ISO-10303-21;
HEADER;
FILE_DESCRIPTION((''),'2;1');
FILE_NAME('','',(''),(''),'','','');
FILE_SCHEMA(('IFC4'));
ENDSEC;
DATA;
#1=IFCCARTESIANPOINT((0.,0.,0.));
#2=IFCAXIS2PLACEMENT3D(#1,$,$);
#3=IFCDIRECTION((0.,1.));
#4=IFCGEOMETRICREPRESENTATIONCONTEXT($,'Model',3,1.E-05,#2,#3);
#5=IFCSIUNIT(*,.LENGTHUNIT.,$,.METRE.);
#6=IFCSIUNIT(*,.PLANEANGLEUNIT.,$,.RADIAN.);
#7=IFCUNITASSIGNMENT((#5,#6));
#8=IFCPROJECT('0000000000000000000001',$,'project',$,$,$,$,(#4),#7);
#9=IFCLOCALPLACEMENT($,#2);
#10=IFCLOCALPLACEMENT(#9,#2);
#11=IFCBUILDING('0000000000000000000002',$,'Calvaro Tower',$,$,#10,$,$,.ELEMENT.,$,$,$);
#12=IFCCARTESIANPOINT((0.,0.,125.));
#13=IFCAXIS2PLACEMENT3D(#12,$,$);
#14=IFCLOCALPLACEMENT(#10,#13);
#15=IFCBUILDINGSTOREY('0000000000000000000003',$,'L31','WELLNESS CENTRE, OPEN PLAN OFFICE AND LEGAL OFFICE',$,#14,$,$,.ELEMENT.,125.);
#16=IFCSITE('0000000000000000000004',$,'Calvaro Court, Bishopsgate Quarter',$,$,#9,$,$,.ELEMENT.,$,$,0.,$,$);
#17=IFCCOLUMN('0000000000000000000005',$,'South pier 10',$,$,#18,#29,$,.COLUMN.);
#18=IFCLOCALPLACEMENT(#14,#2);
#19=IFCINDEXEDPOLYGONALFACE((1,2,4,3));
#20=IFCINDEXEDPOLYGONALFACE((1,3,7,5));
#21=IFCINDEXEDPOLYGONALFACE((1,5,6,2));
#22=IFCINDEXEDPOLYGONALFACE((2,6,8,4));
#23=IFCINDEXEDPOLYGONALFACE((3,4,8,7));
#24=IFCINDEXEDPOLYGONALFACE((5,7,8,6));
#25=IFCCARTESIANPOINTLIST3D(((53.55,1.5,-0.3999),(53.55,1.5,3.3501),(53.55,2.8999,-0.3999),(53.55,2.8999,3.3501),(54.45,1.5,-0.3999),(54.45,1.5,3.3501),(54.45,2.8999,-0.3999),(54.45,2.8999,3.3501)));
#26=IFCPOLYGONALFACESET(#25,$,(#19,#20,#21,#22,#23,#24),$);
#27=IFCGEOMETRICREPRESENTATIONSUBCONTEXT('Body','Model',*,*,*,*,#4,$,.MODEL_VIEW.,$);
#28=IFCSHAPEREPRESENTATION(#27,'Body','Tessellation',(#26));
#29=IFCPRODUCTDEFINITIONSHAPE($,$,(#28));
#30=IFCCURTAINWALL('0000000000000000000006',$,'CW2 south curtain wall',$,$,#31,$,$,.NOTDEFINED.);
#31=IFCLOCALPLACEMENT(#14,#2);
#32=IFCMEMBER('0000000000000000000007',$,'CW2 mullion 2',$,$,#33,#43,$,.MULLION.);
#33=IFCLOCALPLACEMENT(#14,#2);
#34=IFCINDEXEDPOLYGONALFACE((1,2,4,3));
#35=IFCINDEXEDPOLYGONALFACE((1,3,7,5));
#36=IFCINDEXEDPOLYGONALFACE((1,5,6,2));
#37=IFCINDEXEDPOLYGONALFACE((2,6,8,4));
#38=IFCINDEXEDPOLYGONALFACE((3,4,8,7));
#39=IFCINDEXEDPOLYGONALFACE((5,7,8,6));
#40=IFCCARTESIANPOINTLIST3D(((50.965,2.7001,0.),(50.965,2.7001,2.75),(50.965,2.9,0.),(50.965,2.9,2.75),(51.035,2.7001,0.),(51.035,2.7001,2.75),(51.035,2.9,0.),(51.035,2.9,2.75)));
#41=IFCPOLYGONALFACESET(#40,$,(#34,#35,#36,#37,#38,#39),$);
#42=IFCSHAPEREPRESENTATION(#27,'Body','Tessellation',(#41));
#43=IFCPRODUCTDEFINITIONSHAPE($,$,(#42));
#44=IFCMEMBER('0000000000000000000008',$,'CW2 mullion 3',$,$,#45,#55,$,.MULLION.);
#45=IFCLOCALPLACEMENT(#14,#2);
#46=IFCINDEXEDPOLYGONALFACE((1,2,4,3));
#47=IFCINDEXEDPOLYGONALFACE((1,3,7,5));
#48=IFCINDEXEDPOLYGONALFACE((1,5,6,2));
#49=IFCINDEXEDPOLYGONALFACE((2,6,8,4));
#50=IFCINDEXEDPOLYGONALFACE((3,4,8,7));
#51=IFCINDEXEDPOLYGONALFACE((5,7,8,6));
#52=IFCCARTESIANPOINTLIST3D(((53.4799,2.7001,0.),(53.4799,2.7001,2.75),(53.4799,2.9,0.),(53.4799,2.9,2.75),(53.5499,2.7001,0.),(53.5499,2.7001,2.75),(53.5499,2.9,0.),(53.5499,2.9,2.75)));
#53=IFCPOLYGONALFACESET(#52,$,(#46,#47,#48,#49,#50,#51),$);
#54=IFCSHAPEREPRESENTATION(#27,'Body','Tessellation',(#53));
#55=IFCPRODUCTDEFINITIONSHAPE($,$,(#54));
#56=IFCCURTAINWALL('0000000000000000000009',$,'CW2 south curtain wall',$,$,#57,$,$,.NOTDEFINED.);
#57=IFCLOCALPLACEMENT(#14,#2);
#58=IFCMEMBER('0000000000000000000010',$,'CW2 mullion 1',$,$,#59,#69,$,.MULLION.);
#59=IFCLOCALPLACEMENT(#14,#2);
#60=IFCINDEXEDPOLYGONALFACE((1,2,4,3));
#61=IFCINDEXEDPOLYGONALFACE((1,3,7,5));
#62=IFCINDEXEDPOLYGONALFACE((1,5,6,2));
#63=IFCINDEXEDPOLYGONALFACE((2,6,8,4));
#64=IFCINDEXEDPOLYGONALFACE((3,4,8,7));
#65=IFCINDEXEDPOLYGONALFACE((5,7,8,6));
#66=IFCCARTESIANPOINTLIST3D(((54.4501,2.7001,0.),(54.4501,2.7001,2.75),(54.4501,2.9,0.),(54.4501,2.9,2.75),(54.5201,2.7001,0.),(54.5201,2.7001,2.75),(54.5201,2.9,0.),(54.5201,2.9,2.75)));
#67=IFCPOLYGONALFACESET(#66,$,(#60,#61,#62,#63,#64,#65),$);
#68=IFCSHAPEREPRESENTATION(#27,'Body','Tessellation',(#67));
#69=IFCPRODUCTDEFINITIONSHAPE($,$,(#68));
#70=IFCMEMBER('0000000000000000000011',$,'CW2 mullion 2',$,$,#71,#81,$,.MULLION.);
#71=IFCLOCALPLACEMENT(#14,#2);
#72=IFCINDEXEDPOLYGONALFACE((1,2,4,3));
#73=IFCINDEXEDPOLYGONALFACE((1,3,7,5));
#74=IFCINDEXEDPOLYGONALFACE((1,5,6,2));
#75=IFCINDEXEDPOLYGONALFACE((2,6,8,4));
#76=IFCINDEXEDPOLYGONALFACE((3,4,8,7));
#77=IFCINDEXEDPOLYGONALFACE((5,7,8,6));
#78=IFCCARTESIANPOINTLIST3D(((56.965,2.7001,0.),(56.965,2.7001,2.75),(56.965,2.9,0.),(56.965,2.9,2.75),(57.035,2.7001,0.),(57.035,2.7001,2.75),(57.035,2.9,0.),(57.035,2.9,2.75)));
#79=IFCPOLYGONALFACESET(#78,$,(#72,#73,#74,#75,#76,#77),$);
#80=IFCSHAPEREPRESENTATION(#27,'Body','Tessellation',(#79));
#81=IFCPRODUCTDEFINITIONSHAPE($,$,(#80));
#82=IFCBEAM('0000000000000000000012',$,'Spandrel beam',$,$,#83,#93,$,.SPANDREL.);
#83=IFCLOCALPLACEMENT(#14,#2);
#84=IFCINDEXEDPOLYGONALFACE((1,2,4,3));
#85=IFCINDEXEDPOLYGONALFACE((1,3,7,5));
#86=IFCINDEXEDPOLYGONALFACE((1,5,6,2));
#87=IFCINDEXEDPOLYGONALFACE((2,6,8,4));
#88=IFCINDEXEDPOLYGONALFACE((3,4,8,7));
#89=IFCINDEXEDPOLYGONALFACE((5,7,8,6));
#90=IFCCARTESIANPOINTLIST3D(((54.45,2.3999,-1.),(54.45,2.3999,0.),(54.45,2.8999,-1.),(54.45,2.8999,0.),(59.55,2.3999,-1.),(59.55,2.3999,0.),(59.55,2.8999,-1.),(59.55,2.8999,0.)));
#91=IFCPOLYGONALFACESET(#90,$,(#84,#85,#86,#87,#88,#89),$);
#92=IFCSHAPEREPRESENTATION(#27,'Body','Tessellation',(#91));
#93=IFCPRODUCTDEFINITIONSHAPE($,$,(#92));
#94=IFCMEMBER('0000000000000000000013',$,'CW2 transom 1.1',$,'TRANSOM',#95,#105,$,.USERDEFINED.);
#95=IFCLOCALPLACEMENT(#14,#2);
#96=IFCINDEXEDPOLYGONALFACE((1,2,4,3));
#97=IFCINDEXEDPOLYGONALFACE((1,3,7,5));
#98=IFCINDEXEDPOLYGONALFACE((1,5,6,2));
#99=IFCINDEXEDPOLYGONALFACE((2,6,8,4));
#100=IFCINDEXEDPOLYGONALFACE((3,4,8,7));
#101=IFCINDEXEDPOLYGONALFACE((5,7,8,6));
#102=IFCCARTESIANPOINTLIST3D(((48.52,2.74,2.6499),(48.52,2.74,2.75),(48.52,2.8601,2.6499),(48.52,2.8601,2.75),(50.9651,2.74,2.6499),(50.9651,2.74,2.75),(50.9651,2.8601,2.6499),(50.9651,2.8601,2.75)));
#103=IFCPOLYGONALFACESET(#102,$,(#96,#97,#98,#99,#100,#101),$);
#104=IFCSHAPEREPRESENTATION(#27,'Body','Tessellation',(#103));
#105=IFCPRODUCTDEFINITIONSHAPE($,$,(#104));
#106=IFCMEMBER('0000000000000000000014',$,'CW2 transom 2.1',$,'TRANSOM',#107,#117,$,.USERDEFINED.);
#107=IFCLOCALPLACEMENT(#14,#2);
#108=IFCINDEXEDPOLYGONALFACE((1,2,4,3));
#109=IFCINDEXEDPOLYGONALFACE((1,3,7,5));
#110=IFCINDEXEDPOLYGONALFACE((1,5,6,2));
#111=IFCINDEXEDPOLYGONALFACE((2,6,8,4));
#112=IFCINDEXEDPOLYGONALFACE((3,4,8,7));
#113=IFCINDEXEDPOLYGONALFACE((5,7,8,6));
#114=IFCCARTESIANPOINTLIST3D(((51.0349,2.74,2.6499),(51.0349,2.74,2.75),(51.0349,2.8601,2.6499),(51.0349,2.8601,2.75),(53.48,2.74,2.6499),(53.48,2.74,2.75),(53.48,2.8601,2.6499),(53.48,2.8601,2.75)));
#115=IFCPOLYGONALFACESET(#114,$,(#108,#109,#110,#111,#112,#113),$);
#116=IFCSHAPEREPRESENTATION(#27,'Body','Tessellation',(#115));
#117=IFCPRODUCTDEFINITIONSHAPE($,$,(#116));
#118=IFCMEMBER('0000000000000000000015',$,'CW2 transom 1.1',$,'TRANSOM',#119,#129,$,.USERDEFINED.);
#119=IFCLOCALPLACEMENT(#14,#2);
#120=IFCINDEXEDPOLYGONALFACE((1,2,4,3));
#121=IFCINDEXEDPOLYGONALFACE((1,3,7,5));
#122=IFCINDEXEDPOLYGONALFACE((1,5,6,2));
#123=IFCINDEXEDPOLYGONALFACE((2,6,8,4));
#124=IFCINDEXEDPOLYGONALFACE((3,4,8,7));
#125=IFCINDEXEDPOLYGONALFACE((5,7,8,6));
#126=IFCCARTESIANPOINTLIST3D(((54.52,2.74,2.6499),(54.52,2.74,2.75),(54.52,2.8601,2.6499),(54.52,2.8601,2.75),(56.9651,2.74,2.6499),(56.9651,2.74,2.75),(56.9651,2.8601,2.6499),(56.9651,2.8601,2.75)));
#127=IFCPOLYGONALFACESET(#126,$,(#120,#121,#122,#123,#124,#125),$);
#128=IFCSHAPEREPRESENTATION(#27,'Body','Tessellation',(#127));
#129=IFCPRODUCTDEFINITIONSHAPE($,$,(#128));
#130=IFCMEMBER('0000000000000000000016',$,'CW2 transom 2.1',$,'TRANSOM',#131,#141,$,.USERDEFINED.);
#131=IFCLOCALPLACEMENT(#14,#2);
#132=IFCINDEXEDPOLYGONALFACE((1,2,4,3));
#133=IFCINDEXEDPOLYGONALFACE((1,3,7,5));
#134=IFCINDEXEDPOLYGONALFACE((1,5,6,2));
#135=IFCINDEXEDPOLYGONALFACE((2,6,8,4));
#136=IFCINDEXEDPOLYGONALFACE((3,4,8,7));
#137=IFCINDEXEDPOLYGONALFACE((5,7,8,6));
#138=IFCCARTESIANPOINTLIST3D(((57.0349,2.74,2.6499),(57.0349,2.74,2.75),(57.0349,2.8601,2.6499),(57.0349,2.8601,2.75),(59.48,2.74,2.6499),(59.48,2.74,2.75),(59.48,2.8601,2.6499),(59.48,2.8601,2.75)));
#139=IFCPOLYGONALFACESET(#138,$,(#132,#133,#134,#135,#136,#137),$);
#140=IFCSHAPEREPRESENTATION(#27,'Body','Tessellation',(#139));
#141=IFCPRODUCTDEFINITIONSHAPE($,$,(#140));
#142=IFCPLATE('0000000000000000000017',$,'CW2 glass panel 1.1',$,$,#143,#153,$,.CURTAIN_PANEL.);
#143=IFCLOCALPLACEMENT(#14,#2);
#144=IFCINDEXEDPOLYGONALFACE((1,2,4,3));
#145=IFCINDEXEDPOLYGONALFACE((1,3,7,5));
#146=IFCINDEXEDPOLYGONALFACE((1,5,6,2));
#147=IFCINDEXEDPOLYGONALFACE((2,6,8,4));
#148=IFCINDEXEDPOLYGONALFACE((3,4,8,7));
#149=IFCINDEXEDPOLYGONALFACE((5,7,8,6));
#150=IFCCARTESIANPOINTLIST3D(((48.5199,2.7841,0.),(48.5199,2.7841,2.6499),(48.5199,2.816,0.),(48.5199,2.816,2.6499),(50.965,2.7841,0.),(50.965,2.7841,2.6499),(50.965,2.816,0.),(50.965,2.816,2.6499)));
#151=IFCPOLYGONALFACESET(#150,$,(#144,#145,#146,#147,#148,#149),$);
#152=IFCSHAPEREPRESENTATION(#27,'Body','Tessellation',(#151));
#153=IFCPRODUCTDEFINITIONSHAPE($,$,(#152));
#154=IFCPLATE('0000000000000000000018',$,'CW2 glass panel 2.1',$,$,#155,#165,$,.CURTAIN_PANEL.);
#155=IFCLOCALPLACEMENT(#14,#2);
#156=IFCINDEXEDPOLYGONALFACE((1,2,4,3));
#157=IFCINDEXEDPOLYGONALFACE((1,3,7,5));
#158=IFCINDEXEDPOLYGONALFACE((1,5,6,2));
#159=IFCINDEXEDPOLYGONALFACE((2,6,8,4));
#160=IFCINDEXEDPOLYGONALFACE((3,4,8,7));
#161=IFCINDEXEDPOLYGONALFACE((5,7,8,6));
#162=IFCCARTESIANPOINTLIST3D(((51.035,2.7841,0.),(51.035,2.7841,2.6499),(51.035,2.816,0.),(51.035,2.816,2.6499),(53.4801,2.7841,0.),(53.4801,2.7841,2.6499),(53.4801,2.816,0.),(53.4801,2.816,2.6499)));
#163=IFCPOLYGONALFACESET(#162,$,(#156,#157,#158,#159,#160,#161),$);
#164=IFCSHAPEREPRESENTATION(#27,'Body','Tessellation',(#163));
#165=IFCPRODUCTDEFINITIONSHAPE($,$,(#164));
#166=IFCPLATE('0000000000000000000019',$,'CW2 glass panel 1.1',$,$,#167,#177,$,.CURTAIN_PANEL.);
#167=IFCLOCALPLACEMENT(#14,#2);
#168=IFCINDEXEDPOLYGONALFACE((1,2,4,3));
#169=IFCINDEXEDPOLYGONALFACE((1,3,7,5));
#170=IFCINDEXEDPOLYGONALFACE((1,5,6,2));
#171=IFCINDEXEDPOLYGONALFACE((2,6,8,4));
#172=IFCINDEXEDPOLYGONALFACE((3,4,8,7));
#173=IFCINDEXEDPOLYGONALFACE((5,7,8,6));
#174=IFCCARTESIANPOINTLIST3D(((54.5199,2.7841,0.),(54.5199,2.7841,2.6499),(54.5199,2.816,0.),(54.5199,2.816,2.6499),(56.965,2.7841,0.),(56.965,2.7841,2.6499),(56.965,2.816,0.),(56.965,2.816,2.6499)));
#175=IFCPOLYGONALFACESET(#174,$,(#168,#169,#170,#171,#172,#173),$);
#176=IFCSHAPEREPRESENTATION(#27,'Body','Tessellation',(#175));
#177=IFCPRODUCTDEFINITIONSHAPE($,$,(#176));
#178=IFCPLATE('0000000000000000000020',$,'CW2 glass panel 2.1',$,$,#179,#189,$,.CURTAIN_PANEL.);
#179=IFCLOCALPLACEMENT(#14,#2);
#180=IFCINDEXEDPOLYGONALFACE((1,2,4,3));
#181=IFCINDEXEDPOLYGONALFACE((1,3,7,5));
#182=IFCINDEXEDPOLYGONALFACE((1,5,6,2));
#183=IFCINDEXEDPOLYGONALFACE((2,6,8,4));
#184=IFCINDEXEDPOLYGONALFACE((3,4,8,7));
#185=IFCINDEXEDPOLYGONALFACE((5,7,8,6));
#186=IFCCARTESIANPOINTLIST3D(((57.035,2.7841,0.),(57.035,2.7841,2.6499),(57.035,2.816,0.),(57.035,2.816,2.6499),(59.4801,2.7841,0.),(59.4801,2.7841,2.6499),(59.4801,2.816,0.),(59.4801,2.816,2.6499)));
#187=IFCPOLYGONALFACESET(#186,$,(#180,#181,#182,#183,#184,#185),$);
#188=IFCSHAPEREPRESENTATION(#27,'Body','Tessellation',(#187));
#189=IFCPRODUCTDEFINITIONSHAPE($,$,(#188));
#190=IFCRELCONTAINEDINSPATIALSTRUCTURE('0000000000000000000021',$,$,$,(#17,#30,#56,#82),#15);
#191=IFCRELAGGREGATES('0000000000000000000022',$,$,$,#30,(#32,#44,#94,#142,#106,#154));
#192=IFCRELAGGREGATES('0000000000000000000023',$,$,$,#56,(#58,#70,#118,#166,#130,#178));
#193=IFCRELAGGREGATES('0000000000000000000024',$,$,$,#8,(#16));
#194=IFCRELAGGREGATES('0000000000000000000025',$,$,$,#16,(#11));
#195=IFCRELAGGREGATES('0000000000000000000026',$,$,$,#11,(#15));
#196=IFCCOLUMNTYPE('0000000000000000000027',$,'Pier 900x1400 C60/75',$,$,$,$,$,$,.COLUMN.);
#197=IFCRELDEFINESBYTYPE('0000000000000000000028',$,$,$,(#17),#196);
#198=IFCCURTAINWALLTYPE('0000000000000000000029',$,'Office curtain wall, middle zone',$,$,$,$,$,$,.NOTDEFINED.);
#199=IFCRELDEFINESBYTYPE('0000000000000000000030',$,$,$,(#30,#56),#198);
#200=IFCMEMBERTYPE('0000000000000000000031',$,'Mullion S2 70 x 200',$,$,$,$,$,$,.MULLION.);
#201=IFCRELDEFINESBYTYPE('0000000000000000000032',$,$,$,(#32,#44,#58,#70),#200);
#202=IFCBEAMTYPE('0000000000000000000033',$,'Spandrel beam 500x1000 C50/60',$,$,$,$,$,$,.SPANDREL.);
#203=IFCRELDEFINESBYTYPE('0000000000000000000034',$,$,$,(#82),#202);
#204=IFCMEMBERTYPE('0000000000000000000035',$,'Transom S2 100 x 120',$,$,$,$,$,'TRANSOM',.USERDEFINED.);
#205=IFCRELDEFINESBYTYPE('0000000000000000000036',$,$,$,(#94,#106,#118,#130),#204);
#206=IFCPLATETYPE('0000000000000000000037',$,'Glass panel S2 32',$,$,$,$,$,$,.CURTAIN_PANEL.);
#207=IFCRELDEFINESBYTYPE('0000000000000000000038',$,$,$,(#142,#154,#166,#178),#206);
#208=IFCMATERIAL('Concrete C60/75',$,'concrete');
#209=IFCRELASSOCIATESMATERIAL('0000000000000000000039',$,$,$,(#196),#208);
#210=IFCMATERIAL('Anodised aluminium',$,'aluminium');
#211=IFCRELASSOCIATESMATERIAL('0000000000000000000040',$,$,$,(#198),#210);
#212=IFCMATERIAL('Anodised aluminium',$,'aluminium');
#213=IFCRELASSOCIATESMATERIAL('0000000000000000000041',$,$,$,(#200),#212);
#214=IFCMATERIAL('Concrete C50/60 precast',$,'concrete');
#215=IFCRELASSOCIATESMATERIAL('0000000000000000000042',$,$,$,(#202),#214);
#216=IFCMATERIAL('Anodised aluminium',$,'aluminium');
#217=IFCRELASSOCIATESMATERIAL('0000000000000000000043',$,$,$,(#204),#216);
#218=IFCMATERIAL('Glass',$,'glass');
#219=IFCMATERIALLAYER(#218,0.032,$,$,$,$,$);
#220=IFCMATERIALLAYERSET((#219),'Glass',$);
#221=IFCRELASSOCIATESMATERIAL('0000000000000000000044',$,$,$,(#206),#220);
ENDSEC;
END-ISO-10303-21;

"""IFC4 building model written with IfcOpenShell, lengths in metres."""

from ifc_helpers import new_model, si_unit, direction, frame, origin, origin_2d, place, context, subcontext, project, spatial, rectangle, extrude, material, layer, layer_set, material_profile, profile_set, type_object, element, aggregate, save


model = new_model("IFC4")

# Units and contexts
model_context = context("Model", 3, precision=1e-05, world=origin(), true_north=direction((0.0, 1.0)))
body_context = subcontext(model_context, "Body", "Model", "MODEL_VIEW")
ifc_project = project(units=[si_unit("LENGTHUNIT", "METRE"), si_unit("PLANEANGLEUNIT", "RADIAN")], contexts=[model_context])

# Site, building, storey
site_placement = place(None, origin())
site = spatial("IfcSite", under=ifc_project, at=site_placement, Name="Calvaro Court, Bishopsgate Quarter", CompositionType="ELEMENT", RefElevation=0.0)
building_placement = place(site_placement, origin())
building = spatial("IfcBuilding", under=site, at=building_placement, Name="Calvaro Tower", CompositionType="ELEMENT")
storey_placement = place(building_placement, frame((0.0, 0.0, 125.0)))
storey = spatial("IfcBuildingStorey", under=building, at=storey_placement, Name="L31", Description="WELLNESS CENTRE, OPEN PLAN OFFICE AND LEGAL OFFICE", CompositionType="ELEMENT", Elevation=125.0)

# Column
ifc_material_1 = material(Name="Concrete C60/75", Category="concrete")
ifc_material_profile_1 = material_profile(ifc_material_1, rectangle(XDim=0.8999, YDim=1.3999, at=origin_2d()), Name="RC 900x1400")
ifc_profile_set_1 = profile_set([ifc_material_profile_1], Name="Concrete C60/75")
column_type = type_object("IfcColumnType", Name="Pier 900x1400 C60/75", PredefinedType="COLUMN", material=ifc_profile_set_1)
column_placement = place(storey_placement, frame((54.0, 2.2, -0.3999), z_axis=(0.0, 0.0, 1.0), x_axis=(1.0, 0.0, 0.0)))
element("IfcColumn", 1, at=column_placement, inside=storey, type_object=column_type, Name="South pier 10", PredefinedType="COLUMN", context=body_context, shape_type="SweptSolid", body=[
    extrude(rectangle(XDim=0.8999, YDim=1.3999, at=origin_2d()), origin(), (0.0, 0.0, 1.0), 3.75),
])

# Curtain walls, members
ifc_material_2 = material(Name="Anodised aluminium", Category="aluminium")
curtain_wall_type = type_object("IfcCurtainWallType", Name="Office curtain wall, middle zone", PredefinedType="NOTDEFINED", material=ifc_material_2)
curtain_wall_1_placement = place(storey_placement, origin())
curtain_wall_1 = element("IfcCurtainWall", 2, at=curtain_wall_1_placement, inside=storey, type_object=curtain_wall_type, Name="CW2 south curtain wall", PredefinedType="NOTDEFINED")
ifc_material_3 = material(Name="Anodised aluminium", Category="aluminium")
ifc_material_profile_2 = material_profile(ifc_material_3, rectangle(XDim=0.2, YDim=0.0701, at=origin_2d()), Name="Mullion S2 70 x 200")
ifc_profile_set_2 = profile_set([ifc_material_profile_2], Name="Anodised aluminium")
member_type_1 = type_object("IfcMemberType", Name="Mullion S2 70 x 200", PredefinedType="MULLION", material=ifc_profile_set_2)
member_1_placement = place(storey_placement, frame((51.0, 2.8, 0.0), z_axis=(0.0, 0.0, 1.0), x_axis=(0.0, 1.0, 0.0)))
member_1 = element("IfcMember", 3, at=member_1_placement, type_object=member_type_1, Name="CW2 mullion 2", PredefinedType="MULLION", context=body_context, shape_type="SweptSolid", body=[
    extrude(rectangle(XDim=0.2, YDim=0.0701, at=origin_2d()), origin(), (0.0, 0.0, 1.0), 2.75),
])
member_2_placement = place(storey_placement, frame((53.5149, 2.8, 0.0), z_axis=(0.0, 0.0, 1.0), x_axis=(0.0, 1.0, 0.0)))
member_2 = element("IfcMember", 4, at=member_2_placement, type_object=member_type_1, Name="CW2 mullion 3", PredefinedType="MULLION", context=body_context, shape_type="SweptSolid", body=[
    extrude(rectangle(XDim=0.2, YDim=0.0701, at=origin_2d()), origin(), (0.0, 0.0, 1.0), 2.75),
])
curtain_wall_2_placement = place(storey_placement, origin())
curtain_wall_2 = element("IfcCurtainWall", 5, at=curtain_wall_2_placement, inside=storey, type_object=curtain_wall_type, Name="CW2 south curtain wall", PredefinedType="NOTDEFINED")
member_3_placement = place(storey_placement, frame((54.4851, 2.8, 0.0), z_axis=(0.0, 0.0, 1.0), x_axis=(0.0, 1.0, 0.0)))
member_3 = element("IfcMember", 6, at=member_3_placement, type_object=member_type_1, Name="CW2 mullion 1", PredefinedType="MULLION", context=body_context, shape_type="SweptSolid", body=[
    extrude(rectangle(XDim=0.2, YDim=0.0701, at=origin_2d()), origin(), (0.0, 0.0, 1.0), 2.75),
])
member_4_placement = place(storey_placement, frame((57.0, 2.8, 0.0), z_axis=(0.0, 0.0, 1.0), x_axis=(0.0, 1.0, 0.0)))
member_4 = element("IfcMember", 7, at=member_4_placement, type_object=member_type_1, Name="CW2 mullion 2", PredefinedType="MULLION", context=body_context, shape_type="SweptSolid", body=[
    extrude(rectangle(XDim=0.2, YDim=0.0701, at=origin_2d()), origin(), (0.0, 0.0, 1.0), 2.75),
])

# Beam
ifc_material_4 = material(Name="Concrete C50/60 precast", Category="concrete")
ifc_material_profile_3 = material_profile(ifc_material_4, rectangle(XDim=0.5, YDim=1.0, at=origin_2d()), Name="RC 500x1000")
ifc_profile_set_3 = profile_set([ifc_material_profile_3], Name="Concrete C50/60 precast")
beam_type = type_object("IfcBeamType", Name="Spandrel beam 500x1000 C50/60", PredefinedType="SPANDREL", material=ifc_profile_set_3)
beam_placement = place(storey_placement, frame((54.45, 2.6499, -0.5), z_axis=(1.0, 0.0, 0.0), x_axis=(0.0, 1.0, 0.0)))
element("IfcBeam", 8, at=beam_placement, inside=storey, type_object=beam_type, Name="Spandrel beam", PredefinedType="SPANDREL", context=body_context, shape_type="SweptSolid", body=[
    extrude(rectangle(XDim=0.5, YDim=1.0, at=origin_2d()), origin(), (0.0, 0.0, 1.0), 5.1001),
])

# Members
ifc_material_5 = material(Name="Anodised aluminium", Category="aluminium")
ifc_material_profile_4 = material_profile(ifc_material_5, rectangle(XDim=0.1201, YDim=0.1001, at=origin_2d()), Name="Transom S2 100 x 120")
ifc_profile_set_4 = profile_set([ifc_material_profile_4], Name="Anodised aluminium")
member_type_2 = type_object("IfcMemberType", Name="Transom S2 100 x 120", ElementType="TRANSOM", PredefinedType="USERDEFINED", material=ifc_profile_set_4)
member_5_placement = place(storey_placement, frame((48.52, 2.8, 2.7), z_axis=(1.0, 0.0, 0.0), x_axis=(0.0, 1.0, 0.0)))
member_5 = element("IfcMember", 9, at=member_5_placement, type_object=member_type_2, Name="CW2 transom 1.1", ObjectType="TRANSOM", PredefinedType="USERDEFINED", context=body_context, shape_type="SweptSolid", body=[
    extrude(rectangle(XDim=0.1201, YDim=0.1001, at=origin_2d()), origin(), (0.0, 0.0, 1.0), 2.4451),
])
member_6_placement = place(storey_placement, frame((51.0349, 2.8, 2.7), z_axis=(1.0, 0.0, 0.0), x_axis=(0.0, 1.0, 0.0)))
member_6 = element("IfcMember", 10, at=member_6_placement, type_object=member_type_2, Name="CW2 transom 2.1", ObjectType="TRANSOM", PredefinedType="USERDEFINED", context=body_context, shape_type="SweptSolid", body=[
    extrude(rectangle(XDim=0.1201, YDim=0.1001, at=origin_2d()), origin(), (0.0, 0.0, 1.0), 2.4451),
])
member_7_placement = place(storey_placement, frame((54.52, 2.8, 2.7), z_axis=(1.0, 0.0, 0.0), x_axis=(0.0, 1.0, 0.0)))
member_7 = element("IfcMember", 11, at=member_7_placement, type_object=member_type_2, Name="CW2 transom 1.1", ObjectType="TRANSOM", PredefinedType="USERDEFINED", context=body_context, shape_type="SweptSolid", body=[
    extrude(rectangle(XDim=0.1201, YDim=0.1001, at=origin_2d()), origin(), (0.0, 0.0, 1.0), 2.4451),
])
member_8_placement = place(storey_placement, frame((57.0349, 2.8, 2.7), z_axis=(1.0, 0.0, 0.0), x_axis=(0.0, 1.0, 0.0)))
member_8 = element("IfcMember", 12, at=member_8_placement, type_object=member_type_2, Name="CW2 transom 2.1", ObjectType="TRANSOM", PredefinedType="USERDEFINED", context=body_context, shape_type="SweptSolid", body=[
    extrude(rectangle(XDim=0.1201, YDim=0.1001, at=origin_2d()), origin(), (0.0, 0.0, 1.0), 2.4451),
])

# Plates
ifc_material_6 = material(Name="Glass", Category="glass")
ifc_layer = layer(ifc_material_6, 0.032)
ifc_layer_set = layer_set([ifc_layer], Name="Glass")
plate_type = type_object("IfcPlateType", Name="Glass panel S2 32", PredefinedType="CURTAIN_PANEL", material=ifc_layer_set)
plate_1_placement = place(storey_placement, frame((49.7424, 2.8, 0.0), z_axis=(0.0, 0.0, 1.0), x_axis=(1.0, 0.0, 0.0)))
plate_1 = element("IfcPlate", 13, at=plate_1_placement, type_object=plate_type, Name="CW2 glass panel 1.1", PredefinedType="CURTAIN_PANEL", context=body_context, shape_type="SweptSolid", body=[
    extrude(rectangle(XDim=2.4451, YDim=0.032, at=origin_2d()), origin(), (0.0, 0.0, 1.0), 2.6499),
])
plate_2_placement = place(storey_placement, frame((52.2576, 2.8, 0.0), z_axis=(0.0, 0.0, 1.0), x_axis=(1.0, 0.0, 0.0)))
plate_2 = element("IfcPlate", 14, at=plate_2_placement, type_object=plate_type, Name="CW2 glass panel 2.1", PredefinedType="CURTAIN_PANEL", context=body_context, shape_type="SweptSolid", body=[
    extrude(rectangle(XDim=2.4451, YDim=0.032, at=origin_2d()), origin(), (0.0, 0.0, 1.0), 2.6499),
])
aggregate(curtain_wall_1, [member_1, member_2, member_5, plate_1, member_6, plate_2])
plate_3_placement = place(storey_placement, frame((55.7424, 2.8, 0.0), z_axis=(0.0, 0.0, 1.0), x_axis=(1.0, 0.0, 0.0)))
plate_3 = element("IfcPlate", 15, at=plate_3_placement, type_object=plate_type, Name="CW2 glass panel 1.1", PredefinedType="CURTAIN_PANEL", context=body_context, shape_type="SweptSolid", body=[
    extrude(rectangle(XDim=2.4451, YDim=0.032, at=origin_2d()), origin(), (0.0, 0.0, 1.0), 2.6499),
])
plate_4_placement = place(storey_placement, frame((58.2576, 2.8, 0.0), z_axis=(0.0, 0.0, 1.0), x_axis=(1.0, 0.0, 0.0)))
plate_4 = element("IfcPlate", 16, at=plate_4_placement, type_object=plate_type, Name="CW2 glass panel 2.1", PredefinedType="CURTAIN_PANEL", context=body_context, shape_type="SweptSolid", body=[
    extrude(rectangle(XDim=2.4451, YDim=0.032, at=origin_2d()), origin(), (0.0, 0.0, 1.0), 2.6499),
])
aggregate(curtain_wall_2, [member_3, member_4, member_7, plate_3, member_8, plate_4])

save(model, "model.ifc")
